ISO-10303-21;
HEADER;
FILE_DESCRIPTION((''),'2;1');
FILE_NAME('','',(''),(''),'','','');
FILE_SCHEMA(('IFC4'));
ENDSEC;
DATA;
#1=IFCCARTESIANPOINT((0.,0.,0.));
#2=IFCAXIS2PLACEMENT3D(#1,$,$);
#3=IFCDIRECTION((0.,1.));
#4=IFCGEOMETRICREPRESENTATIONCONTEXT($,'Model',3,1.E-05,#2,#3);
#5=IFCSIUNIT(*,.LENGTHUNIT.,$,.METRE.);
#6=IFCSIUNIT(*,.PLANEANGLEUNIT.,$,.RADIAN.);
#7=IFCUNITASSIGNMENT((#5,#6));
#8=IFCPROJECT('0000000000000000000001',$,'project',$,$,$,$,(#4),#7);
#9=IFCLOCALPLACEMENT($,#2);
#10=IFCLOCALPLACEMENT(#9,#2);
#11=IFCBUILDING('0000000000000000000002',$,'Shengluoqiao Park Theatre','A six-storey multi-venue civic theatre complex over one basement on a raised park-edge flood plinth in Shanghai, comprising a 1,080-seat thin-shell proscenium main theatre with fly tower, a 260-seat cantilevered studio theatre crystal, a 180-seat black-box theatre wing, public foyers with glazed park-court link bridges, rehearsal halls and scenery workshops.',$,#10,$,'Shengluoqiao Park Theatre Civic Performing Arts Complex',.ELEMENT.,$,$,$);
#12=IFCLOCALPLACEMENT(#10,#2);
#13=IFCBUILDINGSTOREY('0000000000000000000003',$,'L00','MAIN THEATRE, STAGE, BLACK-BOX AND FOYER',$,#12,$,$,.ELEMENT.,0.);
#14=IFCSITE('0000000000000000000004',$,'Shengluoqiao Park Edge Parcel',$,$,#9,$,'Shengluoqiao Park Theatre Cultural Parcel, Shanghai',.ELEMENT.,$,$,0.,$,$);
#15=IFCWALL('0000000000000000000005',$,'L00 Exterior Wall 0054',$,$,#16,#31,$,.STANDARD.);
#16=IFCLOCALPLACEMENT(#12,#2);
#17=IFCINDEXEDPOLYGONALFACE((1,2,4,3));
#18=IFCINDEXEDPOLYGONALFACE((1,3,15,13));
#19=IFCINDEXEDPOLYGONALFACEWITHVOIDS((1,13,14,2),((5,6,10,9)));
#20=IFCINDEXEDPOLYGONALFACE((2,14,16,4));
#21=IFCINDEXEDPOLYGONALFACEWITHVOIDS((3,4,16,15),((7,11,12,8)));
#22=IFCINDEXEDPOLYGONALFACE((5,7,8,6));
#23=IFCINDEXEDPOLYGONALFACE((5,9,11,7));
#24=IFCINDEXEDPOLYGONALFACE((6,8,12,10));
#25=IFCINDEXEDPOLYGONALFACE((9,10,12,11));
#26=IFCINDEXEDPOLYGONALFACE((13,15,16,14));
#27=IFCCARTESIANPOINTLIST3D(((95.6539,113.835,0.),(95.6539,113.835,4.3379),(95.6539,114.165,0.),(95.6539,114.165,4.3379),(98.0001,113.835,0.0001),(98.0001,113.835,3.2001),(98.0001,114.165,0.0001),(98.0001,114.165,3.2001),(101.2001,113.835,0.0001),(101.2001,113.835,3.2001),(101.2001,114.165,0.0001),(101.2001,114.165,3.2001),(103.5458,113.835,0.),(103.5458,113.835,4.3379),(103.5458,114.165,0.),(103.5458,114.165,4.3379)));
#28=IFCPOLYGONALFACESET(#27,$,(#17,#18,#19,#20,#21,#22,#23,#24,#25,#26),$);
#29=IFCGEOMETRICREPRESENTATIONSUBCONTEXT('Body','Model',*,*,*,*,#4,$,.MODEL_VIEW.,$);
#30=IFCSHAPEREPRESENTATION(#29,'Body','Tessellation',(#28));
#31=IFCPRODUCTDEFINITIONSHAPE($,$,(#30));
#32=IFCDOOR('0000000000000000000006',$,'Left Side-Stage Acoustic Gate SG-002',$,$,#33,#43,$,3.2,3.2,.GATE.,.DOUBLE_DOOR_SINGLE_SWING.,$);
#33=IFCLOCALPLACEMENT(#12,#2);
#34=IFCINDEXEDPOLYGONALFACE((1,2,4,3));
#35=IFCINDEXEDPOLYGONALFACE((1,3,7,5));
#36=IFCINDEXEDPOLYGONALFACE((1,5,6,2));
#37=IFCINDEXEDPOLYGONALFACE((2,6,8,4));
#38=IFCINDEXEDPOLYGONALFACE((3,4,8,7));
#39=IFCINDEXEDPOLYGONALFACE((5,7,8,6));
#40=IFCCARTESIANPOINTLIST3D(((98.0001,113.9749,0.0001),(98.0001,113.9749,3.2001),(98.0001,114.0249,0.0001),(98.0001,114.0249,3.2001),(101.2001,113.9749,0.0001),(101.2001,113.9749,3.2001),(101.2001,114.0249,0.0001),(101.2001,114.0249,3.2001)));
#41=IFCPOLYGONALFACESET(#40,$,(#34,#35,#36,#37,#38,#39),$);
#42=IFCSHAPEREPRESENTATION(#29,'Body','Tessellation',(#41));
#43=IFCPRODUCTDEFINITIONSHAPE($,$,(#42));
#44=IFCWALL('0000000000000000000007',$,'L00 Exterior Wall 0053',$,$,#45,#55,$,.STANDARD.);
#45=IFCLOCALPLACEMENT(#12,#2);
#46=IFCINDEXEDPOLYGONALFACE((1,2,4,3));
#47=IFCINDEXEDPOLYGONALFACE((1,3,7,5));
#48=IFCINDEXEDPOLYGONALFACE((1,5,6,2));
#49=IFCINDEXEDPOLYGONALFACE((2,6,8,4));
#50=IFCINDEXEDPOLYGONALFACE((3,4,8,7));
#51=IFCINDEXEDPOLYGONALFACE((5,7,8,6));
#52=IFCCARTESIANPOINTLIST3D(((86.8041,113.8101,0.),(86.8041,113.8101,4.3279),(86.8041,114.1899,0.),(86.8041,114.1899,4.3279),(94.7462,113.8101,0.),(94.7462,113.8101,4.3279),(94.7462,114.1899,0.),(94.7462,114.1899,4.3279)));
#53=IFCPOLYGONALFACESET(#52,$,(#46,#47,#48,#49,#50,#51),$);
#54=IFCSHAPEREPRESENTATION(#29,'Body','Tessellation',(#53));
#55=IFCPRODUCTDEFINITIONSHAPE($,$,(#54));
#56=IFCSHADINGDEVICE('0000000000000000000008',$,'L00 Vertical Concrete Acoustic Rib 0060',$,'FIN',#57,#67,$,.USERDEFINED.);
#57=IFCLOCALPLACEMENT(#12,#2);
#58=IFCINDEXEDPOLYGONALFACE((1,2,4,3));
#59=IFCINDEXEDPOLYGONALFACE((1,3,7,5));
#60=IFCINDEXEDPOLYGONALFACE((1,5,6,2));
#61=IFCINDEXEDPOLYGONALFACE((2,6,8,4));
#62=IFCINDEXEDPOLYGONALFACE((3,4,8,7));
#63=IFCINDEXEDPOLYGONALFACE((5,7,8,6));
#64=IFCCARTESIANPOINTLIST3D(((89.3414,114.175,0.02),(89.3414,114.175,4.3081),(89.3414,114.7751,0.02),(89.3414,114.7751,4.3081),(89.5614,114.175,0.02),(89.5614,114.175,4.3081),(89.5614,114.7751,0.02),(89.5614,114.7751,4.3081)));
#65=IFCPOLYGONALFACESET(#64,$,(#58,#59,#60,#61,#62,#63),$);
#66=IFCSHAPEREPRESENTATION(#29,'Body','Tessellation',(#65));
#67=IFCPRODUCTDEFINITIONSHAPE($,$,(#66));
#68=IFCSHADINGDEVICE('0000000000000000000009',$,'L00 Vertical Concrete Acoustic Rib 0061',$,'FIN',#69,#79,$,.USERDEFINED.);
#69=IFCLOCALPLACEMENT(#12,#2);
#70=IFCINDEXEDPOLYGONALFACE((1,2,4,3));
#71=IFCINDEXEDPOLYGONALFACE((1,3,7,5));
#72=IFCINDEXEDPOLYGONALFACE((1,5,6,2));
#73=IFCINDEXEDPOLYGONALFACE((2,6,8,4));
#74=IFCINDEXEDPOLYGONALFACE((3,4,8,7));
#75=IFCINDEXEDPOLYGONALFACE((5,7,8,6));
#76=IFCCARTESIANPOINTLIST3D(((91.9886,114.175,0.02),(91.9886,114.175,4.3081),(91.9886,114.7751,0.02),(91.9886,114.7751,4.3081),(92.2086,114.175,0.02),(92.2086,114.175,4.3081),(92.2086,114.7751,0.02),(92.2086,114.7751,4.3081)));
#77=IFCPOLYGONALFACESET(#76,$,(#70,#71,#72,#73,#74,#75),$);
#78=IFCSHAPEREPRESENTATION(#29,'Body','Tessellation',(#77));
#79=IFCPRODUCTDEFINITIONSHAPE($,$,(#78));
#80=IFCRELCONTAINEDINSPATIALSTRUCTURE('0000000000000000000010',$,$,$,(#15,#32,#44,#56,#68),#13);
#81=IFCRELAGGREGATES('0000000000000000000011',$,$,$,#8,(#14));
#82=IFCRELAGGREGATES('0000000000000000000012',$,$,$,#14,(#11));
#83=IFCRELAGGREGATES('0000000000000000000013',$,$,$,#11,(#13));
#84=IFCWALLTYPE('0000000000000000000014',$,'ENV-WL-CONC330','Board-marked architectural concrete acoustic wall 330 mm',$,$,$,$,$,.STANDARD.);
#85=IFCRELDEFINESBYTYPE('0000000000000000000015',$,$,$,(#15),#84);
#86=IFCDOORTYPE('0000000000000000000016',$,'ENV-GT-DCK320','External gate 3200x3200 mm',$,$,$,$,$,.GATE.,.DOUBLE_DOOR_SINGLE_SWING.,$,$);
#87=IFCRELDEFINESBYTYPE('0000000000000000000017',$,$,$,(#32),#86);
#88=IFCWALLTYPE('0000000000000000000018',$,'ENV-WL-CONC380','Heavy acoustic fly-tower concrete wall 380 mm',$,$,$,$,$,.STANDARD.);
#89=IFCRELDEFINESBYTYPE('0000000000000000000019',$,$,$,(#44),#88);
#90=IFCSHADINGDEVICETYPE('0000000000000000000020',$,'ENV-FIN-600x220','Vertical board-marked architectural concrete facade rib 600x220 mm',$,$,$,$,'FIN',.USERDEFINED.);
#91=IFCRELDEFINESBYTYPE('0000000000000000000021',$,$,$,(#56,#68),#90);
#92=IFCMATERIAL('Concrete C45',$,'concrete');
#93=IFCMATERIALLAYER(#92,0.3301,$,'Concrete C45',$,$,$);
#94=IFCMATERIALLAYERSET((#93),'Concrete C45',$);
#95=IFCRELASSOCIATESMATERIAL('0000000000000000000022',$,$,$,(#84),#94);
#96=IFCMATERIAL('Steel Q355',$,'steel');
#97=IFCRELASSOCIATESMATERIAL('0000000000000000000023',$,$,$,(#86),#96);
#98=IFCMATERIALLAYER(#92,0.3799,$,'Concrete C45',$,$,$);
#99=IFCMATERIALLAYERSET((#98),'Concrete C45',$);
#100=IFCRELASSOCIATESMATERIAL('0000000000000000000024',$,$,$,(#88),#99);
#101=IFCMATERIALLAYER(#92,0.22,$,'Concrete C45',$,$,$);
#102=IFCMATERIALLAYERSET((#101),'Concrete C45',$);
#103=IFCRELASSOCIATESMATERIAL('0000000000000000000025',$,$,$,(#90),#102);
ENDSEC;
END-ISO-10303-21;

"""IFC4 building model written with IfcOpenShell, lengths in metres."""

from ifc_helpers import new_model, si_unit, direction, frame, frame_2d, origin, origin_2d, place, context, subcontext, project, spatial, rectangle, extrude, material, layer, layer_set, type_object, element, fill, save


model = new_model("IFC4")

# Units and contexts
model_context = context("Model", 3, precision=1e-05, world=origin(), true_north=direction((0.0, 1.0)))
body_context = subcontext(model_context, "Body", "Model", "MODEL_VIEW")
ifc_project = project(units=[si_unit("LENGTHUNIT", "METRE"), si_unit("PLANEANGLEUNIT", "RADIAN")], contexts=[model_context])

# Site, building, storey
site_placement = place(None, origin())
site = spatial("IfcSite", under=ifc_project, at=site_placement, Name="Shengluoqiao Park Edge Parcel", LongName="Shengluoqiao Park Theatre Cultural Parcel, Shanghai", CompositionType="ELEMENT", RefElevation=0.0)
building_placement = place(site_placement, origin())
building = spatial("IfcBuilding", under=site, at=building_placement, Name="Shengluoqiao Park Theatre", Description="A six-storey multi-venue civic theatre complex over one basement on a raised park-edge flood plinth in Shanghai, comprising a 1,080-seat thin-shell proscenium main theatre with fly tower, a 260-seat cantilevered studio theatre crystal, a 180-seat black-box theatre wing, public foyers with glazed park-court link bridges, rehearsal halls and scenery workshops.", LongName="Shengluoqiao Park Theatre Civic Performing Arts Complex", CompositionType="ELEMENT")
storey_placement = place(building_placement, origin())
storey = spatial("IfcBuildingStorey", under=building, at=storey_placement, Name="L00", Description="MAIN THEATRE, STAGE, BLACK-BOX AND FOYER", CompositionType="ELEMENT", Elevation=0.0)

# Shared definitions
ifc_material_1 = material(Name="Steel Q355", Category="steel")

# Wall, opening, door
ifc_material_2 = material(Name="Concrete C45", Category="concrete")
ifc_layer_1 = layer(ifc_material_2, 0.3301, Name="Concrete C45")
ifc_layer_set_1 = layer_set([ifc_layer_1], Name="Concrete C45")
wall_type_1 = type_object("IfcWallType", Name="ENV-WL-CONC330", Description="Board-marked architectural concrete acoustic wall 330 mm", PredefinedType="STANDARD", material=ifc_layer_set_1)
wall_1_placement = place(storey_placement, frame((95.6541, 114.0, 0.0), z_axis=(0.0, 0.0, 1.0), x_axis=(1.0, 0.0, 0.0)))
wall_1 = element("IfcWall", 1, at=wall_1_placement, inside=storey, type_object=wall_type_1, Name="L00 Exterior Wall 0054", PredefinedType="STANDARD", context=body_context, shape_type="SweptSolid", body=[
    extrude(rectangle(XDim=7.8918, YDim=0.3301, at=frame_2d((3.9458, 0.0))), origin(), (0.0, 0.0, 1.0), 4.3379),
])
opening_placement = place(wall_1_placement, frame((2.3459, 0.0, 0.0)))
opening = element("IfcOpeningElement", 2, at=opening_placement, cuts=wall_1, PredefinedType="OPENING", context=body_context, shape_type="SweptSolid", body=[
    extrude(rectangle(XDim=3.2, YDim=3.2, at=frame_2d((1.6001, 1.6001))), frame((0.0, 0.175, 0.0), z_axis=(0.0, -1.0, 0.0), x_axis=(1.0, 0.0, 0.0)), (0.0, 0.0, 1.0), 0.3501),
])
door_type = type_object("IfcDoorType", Name="ENV-GT-DCK320", Description="External gate 3200x3200 mm", OperationType="DOUBLE_DOOR_SINGLE_SWING", PredefinedType="GATE", material=ifc_material_1)
door_placement = place(opening_placement, origin())
door = element("IfcDoor", 3, at=door_placement, inside=storey, type_object=door_type, Name="Left Side-Stage Acoustic Gate SG-002", OperationType="DOUBLE_DOOR_SINGLE_SWING", OverallHeight=3.2, OverallWidth=3.2, PredefinedType="GATE", context=body_context, shape_type="SweptSolid", body=[
    extrude(rectangle(XDim=3.2, YDim=3.2, at=frame_2d((1.6001, 1.6001))), frame((0.0, 0.0249, 0.0), z_axis=(0.0, -1.0, 0.0), x_axis=(1.0, 0.0, 0.0)), (0.0, 0.0, 1.0), 0.05),
])
fill(opening, door)

# Wall
ifc_layer_2 = layer(ifc_material_2, 0.3799, Name="Concrete C45")
ifc_layer_set_2 = layer_set([ifc_layer_2], Name="Concrete C45")
wall_type_2 = type_object("IfcWallType", Name="ENV-WL-CONC380", Description="Heavy acoustic fly-tower concrete wall 380 mm", PredefinedType="STANDARD", material=ifc_layer_set_2)
wall_2_placement = place(storey_placement, frame((86.804, 114.0, 0.0), z_axis=(0.0, 0.0, 1.0), x_axis=(1.0, 0.0, 0.0)))
element("IfcWall", 4, at=wall_2_placement, inside=storey, type_object=wall_type_2, Name="L00 Exterior Wall 0053", PredefinedType="STANDARD", context=body_context, shape_type="SweptSolid", body=[
    extrude(rectangle(XDim=7.9421, YDim=0.3799, at=frame_2d((3.9712, 0.0))), origin(), (0.0, 0.0, 1.0), 4.3279),
])

# Shading devices
ifc_layer_3 = layer(ifc_material_2, 0.22, Name="Concrete C45")
ifc_layer_set_3 = layer_set([ifc_layer_3], Name="Concrete C45")
shading_device_type = type_object("IfcShadingDeviceType", Name="ENV-FIN-600x220", Description="Vertical board-marked architectural concrete facade rib 600x220 mm", ElementType="FIN", PredefinedType="USERDEFINED", material=ifc_layer_set_3)
for number, where, z_axis, x_axis, name in (
    (5, (89.4514, 114.4751, 0.02), (0.0, 0.0, 1.0), (0.0, 1.0, 0.0), "L00 Vertical Concrete Acoustic Rib 0060"),
    (6, (92.0986, 114.4751, 0.02), (0.0, 0.0, 1.0), (0.0, 1.0, 0.0), "L00 Vertical Concrete Acoustic Rib 0061"),
):
    element("IfcShadingDevice", number, at=place(storey_placement, frame(where, z_axis=z_axis, x_axis=x_axis)), inside=storey, type_object=shading_device_type, Name=name, ObjectType="FIN", PredefinedType="USERDEFINED", context=body_context, shape_type="SweptSolid", body=[
        extrude(rectangle(XDim=0.6001, YDim=0.22, at=origin_2d()), origin(), (0.0, 0.0, 1.0), 4.2881),
    ])

save(model, "model.ifc")
